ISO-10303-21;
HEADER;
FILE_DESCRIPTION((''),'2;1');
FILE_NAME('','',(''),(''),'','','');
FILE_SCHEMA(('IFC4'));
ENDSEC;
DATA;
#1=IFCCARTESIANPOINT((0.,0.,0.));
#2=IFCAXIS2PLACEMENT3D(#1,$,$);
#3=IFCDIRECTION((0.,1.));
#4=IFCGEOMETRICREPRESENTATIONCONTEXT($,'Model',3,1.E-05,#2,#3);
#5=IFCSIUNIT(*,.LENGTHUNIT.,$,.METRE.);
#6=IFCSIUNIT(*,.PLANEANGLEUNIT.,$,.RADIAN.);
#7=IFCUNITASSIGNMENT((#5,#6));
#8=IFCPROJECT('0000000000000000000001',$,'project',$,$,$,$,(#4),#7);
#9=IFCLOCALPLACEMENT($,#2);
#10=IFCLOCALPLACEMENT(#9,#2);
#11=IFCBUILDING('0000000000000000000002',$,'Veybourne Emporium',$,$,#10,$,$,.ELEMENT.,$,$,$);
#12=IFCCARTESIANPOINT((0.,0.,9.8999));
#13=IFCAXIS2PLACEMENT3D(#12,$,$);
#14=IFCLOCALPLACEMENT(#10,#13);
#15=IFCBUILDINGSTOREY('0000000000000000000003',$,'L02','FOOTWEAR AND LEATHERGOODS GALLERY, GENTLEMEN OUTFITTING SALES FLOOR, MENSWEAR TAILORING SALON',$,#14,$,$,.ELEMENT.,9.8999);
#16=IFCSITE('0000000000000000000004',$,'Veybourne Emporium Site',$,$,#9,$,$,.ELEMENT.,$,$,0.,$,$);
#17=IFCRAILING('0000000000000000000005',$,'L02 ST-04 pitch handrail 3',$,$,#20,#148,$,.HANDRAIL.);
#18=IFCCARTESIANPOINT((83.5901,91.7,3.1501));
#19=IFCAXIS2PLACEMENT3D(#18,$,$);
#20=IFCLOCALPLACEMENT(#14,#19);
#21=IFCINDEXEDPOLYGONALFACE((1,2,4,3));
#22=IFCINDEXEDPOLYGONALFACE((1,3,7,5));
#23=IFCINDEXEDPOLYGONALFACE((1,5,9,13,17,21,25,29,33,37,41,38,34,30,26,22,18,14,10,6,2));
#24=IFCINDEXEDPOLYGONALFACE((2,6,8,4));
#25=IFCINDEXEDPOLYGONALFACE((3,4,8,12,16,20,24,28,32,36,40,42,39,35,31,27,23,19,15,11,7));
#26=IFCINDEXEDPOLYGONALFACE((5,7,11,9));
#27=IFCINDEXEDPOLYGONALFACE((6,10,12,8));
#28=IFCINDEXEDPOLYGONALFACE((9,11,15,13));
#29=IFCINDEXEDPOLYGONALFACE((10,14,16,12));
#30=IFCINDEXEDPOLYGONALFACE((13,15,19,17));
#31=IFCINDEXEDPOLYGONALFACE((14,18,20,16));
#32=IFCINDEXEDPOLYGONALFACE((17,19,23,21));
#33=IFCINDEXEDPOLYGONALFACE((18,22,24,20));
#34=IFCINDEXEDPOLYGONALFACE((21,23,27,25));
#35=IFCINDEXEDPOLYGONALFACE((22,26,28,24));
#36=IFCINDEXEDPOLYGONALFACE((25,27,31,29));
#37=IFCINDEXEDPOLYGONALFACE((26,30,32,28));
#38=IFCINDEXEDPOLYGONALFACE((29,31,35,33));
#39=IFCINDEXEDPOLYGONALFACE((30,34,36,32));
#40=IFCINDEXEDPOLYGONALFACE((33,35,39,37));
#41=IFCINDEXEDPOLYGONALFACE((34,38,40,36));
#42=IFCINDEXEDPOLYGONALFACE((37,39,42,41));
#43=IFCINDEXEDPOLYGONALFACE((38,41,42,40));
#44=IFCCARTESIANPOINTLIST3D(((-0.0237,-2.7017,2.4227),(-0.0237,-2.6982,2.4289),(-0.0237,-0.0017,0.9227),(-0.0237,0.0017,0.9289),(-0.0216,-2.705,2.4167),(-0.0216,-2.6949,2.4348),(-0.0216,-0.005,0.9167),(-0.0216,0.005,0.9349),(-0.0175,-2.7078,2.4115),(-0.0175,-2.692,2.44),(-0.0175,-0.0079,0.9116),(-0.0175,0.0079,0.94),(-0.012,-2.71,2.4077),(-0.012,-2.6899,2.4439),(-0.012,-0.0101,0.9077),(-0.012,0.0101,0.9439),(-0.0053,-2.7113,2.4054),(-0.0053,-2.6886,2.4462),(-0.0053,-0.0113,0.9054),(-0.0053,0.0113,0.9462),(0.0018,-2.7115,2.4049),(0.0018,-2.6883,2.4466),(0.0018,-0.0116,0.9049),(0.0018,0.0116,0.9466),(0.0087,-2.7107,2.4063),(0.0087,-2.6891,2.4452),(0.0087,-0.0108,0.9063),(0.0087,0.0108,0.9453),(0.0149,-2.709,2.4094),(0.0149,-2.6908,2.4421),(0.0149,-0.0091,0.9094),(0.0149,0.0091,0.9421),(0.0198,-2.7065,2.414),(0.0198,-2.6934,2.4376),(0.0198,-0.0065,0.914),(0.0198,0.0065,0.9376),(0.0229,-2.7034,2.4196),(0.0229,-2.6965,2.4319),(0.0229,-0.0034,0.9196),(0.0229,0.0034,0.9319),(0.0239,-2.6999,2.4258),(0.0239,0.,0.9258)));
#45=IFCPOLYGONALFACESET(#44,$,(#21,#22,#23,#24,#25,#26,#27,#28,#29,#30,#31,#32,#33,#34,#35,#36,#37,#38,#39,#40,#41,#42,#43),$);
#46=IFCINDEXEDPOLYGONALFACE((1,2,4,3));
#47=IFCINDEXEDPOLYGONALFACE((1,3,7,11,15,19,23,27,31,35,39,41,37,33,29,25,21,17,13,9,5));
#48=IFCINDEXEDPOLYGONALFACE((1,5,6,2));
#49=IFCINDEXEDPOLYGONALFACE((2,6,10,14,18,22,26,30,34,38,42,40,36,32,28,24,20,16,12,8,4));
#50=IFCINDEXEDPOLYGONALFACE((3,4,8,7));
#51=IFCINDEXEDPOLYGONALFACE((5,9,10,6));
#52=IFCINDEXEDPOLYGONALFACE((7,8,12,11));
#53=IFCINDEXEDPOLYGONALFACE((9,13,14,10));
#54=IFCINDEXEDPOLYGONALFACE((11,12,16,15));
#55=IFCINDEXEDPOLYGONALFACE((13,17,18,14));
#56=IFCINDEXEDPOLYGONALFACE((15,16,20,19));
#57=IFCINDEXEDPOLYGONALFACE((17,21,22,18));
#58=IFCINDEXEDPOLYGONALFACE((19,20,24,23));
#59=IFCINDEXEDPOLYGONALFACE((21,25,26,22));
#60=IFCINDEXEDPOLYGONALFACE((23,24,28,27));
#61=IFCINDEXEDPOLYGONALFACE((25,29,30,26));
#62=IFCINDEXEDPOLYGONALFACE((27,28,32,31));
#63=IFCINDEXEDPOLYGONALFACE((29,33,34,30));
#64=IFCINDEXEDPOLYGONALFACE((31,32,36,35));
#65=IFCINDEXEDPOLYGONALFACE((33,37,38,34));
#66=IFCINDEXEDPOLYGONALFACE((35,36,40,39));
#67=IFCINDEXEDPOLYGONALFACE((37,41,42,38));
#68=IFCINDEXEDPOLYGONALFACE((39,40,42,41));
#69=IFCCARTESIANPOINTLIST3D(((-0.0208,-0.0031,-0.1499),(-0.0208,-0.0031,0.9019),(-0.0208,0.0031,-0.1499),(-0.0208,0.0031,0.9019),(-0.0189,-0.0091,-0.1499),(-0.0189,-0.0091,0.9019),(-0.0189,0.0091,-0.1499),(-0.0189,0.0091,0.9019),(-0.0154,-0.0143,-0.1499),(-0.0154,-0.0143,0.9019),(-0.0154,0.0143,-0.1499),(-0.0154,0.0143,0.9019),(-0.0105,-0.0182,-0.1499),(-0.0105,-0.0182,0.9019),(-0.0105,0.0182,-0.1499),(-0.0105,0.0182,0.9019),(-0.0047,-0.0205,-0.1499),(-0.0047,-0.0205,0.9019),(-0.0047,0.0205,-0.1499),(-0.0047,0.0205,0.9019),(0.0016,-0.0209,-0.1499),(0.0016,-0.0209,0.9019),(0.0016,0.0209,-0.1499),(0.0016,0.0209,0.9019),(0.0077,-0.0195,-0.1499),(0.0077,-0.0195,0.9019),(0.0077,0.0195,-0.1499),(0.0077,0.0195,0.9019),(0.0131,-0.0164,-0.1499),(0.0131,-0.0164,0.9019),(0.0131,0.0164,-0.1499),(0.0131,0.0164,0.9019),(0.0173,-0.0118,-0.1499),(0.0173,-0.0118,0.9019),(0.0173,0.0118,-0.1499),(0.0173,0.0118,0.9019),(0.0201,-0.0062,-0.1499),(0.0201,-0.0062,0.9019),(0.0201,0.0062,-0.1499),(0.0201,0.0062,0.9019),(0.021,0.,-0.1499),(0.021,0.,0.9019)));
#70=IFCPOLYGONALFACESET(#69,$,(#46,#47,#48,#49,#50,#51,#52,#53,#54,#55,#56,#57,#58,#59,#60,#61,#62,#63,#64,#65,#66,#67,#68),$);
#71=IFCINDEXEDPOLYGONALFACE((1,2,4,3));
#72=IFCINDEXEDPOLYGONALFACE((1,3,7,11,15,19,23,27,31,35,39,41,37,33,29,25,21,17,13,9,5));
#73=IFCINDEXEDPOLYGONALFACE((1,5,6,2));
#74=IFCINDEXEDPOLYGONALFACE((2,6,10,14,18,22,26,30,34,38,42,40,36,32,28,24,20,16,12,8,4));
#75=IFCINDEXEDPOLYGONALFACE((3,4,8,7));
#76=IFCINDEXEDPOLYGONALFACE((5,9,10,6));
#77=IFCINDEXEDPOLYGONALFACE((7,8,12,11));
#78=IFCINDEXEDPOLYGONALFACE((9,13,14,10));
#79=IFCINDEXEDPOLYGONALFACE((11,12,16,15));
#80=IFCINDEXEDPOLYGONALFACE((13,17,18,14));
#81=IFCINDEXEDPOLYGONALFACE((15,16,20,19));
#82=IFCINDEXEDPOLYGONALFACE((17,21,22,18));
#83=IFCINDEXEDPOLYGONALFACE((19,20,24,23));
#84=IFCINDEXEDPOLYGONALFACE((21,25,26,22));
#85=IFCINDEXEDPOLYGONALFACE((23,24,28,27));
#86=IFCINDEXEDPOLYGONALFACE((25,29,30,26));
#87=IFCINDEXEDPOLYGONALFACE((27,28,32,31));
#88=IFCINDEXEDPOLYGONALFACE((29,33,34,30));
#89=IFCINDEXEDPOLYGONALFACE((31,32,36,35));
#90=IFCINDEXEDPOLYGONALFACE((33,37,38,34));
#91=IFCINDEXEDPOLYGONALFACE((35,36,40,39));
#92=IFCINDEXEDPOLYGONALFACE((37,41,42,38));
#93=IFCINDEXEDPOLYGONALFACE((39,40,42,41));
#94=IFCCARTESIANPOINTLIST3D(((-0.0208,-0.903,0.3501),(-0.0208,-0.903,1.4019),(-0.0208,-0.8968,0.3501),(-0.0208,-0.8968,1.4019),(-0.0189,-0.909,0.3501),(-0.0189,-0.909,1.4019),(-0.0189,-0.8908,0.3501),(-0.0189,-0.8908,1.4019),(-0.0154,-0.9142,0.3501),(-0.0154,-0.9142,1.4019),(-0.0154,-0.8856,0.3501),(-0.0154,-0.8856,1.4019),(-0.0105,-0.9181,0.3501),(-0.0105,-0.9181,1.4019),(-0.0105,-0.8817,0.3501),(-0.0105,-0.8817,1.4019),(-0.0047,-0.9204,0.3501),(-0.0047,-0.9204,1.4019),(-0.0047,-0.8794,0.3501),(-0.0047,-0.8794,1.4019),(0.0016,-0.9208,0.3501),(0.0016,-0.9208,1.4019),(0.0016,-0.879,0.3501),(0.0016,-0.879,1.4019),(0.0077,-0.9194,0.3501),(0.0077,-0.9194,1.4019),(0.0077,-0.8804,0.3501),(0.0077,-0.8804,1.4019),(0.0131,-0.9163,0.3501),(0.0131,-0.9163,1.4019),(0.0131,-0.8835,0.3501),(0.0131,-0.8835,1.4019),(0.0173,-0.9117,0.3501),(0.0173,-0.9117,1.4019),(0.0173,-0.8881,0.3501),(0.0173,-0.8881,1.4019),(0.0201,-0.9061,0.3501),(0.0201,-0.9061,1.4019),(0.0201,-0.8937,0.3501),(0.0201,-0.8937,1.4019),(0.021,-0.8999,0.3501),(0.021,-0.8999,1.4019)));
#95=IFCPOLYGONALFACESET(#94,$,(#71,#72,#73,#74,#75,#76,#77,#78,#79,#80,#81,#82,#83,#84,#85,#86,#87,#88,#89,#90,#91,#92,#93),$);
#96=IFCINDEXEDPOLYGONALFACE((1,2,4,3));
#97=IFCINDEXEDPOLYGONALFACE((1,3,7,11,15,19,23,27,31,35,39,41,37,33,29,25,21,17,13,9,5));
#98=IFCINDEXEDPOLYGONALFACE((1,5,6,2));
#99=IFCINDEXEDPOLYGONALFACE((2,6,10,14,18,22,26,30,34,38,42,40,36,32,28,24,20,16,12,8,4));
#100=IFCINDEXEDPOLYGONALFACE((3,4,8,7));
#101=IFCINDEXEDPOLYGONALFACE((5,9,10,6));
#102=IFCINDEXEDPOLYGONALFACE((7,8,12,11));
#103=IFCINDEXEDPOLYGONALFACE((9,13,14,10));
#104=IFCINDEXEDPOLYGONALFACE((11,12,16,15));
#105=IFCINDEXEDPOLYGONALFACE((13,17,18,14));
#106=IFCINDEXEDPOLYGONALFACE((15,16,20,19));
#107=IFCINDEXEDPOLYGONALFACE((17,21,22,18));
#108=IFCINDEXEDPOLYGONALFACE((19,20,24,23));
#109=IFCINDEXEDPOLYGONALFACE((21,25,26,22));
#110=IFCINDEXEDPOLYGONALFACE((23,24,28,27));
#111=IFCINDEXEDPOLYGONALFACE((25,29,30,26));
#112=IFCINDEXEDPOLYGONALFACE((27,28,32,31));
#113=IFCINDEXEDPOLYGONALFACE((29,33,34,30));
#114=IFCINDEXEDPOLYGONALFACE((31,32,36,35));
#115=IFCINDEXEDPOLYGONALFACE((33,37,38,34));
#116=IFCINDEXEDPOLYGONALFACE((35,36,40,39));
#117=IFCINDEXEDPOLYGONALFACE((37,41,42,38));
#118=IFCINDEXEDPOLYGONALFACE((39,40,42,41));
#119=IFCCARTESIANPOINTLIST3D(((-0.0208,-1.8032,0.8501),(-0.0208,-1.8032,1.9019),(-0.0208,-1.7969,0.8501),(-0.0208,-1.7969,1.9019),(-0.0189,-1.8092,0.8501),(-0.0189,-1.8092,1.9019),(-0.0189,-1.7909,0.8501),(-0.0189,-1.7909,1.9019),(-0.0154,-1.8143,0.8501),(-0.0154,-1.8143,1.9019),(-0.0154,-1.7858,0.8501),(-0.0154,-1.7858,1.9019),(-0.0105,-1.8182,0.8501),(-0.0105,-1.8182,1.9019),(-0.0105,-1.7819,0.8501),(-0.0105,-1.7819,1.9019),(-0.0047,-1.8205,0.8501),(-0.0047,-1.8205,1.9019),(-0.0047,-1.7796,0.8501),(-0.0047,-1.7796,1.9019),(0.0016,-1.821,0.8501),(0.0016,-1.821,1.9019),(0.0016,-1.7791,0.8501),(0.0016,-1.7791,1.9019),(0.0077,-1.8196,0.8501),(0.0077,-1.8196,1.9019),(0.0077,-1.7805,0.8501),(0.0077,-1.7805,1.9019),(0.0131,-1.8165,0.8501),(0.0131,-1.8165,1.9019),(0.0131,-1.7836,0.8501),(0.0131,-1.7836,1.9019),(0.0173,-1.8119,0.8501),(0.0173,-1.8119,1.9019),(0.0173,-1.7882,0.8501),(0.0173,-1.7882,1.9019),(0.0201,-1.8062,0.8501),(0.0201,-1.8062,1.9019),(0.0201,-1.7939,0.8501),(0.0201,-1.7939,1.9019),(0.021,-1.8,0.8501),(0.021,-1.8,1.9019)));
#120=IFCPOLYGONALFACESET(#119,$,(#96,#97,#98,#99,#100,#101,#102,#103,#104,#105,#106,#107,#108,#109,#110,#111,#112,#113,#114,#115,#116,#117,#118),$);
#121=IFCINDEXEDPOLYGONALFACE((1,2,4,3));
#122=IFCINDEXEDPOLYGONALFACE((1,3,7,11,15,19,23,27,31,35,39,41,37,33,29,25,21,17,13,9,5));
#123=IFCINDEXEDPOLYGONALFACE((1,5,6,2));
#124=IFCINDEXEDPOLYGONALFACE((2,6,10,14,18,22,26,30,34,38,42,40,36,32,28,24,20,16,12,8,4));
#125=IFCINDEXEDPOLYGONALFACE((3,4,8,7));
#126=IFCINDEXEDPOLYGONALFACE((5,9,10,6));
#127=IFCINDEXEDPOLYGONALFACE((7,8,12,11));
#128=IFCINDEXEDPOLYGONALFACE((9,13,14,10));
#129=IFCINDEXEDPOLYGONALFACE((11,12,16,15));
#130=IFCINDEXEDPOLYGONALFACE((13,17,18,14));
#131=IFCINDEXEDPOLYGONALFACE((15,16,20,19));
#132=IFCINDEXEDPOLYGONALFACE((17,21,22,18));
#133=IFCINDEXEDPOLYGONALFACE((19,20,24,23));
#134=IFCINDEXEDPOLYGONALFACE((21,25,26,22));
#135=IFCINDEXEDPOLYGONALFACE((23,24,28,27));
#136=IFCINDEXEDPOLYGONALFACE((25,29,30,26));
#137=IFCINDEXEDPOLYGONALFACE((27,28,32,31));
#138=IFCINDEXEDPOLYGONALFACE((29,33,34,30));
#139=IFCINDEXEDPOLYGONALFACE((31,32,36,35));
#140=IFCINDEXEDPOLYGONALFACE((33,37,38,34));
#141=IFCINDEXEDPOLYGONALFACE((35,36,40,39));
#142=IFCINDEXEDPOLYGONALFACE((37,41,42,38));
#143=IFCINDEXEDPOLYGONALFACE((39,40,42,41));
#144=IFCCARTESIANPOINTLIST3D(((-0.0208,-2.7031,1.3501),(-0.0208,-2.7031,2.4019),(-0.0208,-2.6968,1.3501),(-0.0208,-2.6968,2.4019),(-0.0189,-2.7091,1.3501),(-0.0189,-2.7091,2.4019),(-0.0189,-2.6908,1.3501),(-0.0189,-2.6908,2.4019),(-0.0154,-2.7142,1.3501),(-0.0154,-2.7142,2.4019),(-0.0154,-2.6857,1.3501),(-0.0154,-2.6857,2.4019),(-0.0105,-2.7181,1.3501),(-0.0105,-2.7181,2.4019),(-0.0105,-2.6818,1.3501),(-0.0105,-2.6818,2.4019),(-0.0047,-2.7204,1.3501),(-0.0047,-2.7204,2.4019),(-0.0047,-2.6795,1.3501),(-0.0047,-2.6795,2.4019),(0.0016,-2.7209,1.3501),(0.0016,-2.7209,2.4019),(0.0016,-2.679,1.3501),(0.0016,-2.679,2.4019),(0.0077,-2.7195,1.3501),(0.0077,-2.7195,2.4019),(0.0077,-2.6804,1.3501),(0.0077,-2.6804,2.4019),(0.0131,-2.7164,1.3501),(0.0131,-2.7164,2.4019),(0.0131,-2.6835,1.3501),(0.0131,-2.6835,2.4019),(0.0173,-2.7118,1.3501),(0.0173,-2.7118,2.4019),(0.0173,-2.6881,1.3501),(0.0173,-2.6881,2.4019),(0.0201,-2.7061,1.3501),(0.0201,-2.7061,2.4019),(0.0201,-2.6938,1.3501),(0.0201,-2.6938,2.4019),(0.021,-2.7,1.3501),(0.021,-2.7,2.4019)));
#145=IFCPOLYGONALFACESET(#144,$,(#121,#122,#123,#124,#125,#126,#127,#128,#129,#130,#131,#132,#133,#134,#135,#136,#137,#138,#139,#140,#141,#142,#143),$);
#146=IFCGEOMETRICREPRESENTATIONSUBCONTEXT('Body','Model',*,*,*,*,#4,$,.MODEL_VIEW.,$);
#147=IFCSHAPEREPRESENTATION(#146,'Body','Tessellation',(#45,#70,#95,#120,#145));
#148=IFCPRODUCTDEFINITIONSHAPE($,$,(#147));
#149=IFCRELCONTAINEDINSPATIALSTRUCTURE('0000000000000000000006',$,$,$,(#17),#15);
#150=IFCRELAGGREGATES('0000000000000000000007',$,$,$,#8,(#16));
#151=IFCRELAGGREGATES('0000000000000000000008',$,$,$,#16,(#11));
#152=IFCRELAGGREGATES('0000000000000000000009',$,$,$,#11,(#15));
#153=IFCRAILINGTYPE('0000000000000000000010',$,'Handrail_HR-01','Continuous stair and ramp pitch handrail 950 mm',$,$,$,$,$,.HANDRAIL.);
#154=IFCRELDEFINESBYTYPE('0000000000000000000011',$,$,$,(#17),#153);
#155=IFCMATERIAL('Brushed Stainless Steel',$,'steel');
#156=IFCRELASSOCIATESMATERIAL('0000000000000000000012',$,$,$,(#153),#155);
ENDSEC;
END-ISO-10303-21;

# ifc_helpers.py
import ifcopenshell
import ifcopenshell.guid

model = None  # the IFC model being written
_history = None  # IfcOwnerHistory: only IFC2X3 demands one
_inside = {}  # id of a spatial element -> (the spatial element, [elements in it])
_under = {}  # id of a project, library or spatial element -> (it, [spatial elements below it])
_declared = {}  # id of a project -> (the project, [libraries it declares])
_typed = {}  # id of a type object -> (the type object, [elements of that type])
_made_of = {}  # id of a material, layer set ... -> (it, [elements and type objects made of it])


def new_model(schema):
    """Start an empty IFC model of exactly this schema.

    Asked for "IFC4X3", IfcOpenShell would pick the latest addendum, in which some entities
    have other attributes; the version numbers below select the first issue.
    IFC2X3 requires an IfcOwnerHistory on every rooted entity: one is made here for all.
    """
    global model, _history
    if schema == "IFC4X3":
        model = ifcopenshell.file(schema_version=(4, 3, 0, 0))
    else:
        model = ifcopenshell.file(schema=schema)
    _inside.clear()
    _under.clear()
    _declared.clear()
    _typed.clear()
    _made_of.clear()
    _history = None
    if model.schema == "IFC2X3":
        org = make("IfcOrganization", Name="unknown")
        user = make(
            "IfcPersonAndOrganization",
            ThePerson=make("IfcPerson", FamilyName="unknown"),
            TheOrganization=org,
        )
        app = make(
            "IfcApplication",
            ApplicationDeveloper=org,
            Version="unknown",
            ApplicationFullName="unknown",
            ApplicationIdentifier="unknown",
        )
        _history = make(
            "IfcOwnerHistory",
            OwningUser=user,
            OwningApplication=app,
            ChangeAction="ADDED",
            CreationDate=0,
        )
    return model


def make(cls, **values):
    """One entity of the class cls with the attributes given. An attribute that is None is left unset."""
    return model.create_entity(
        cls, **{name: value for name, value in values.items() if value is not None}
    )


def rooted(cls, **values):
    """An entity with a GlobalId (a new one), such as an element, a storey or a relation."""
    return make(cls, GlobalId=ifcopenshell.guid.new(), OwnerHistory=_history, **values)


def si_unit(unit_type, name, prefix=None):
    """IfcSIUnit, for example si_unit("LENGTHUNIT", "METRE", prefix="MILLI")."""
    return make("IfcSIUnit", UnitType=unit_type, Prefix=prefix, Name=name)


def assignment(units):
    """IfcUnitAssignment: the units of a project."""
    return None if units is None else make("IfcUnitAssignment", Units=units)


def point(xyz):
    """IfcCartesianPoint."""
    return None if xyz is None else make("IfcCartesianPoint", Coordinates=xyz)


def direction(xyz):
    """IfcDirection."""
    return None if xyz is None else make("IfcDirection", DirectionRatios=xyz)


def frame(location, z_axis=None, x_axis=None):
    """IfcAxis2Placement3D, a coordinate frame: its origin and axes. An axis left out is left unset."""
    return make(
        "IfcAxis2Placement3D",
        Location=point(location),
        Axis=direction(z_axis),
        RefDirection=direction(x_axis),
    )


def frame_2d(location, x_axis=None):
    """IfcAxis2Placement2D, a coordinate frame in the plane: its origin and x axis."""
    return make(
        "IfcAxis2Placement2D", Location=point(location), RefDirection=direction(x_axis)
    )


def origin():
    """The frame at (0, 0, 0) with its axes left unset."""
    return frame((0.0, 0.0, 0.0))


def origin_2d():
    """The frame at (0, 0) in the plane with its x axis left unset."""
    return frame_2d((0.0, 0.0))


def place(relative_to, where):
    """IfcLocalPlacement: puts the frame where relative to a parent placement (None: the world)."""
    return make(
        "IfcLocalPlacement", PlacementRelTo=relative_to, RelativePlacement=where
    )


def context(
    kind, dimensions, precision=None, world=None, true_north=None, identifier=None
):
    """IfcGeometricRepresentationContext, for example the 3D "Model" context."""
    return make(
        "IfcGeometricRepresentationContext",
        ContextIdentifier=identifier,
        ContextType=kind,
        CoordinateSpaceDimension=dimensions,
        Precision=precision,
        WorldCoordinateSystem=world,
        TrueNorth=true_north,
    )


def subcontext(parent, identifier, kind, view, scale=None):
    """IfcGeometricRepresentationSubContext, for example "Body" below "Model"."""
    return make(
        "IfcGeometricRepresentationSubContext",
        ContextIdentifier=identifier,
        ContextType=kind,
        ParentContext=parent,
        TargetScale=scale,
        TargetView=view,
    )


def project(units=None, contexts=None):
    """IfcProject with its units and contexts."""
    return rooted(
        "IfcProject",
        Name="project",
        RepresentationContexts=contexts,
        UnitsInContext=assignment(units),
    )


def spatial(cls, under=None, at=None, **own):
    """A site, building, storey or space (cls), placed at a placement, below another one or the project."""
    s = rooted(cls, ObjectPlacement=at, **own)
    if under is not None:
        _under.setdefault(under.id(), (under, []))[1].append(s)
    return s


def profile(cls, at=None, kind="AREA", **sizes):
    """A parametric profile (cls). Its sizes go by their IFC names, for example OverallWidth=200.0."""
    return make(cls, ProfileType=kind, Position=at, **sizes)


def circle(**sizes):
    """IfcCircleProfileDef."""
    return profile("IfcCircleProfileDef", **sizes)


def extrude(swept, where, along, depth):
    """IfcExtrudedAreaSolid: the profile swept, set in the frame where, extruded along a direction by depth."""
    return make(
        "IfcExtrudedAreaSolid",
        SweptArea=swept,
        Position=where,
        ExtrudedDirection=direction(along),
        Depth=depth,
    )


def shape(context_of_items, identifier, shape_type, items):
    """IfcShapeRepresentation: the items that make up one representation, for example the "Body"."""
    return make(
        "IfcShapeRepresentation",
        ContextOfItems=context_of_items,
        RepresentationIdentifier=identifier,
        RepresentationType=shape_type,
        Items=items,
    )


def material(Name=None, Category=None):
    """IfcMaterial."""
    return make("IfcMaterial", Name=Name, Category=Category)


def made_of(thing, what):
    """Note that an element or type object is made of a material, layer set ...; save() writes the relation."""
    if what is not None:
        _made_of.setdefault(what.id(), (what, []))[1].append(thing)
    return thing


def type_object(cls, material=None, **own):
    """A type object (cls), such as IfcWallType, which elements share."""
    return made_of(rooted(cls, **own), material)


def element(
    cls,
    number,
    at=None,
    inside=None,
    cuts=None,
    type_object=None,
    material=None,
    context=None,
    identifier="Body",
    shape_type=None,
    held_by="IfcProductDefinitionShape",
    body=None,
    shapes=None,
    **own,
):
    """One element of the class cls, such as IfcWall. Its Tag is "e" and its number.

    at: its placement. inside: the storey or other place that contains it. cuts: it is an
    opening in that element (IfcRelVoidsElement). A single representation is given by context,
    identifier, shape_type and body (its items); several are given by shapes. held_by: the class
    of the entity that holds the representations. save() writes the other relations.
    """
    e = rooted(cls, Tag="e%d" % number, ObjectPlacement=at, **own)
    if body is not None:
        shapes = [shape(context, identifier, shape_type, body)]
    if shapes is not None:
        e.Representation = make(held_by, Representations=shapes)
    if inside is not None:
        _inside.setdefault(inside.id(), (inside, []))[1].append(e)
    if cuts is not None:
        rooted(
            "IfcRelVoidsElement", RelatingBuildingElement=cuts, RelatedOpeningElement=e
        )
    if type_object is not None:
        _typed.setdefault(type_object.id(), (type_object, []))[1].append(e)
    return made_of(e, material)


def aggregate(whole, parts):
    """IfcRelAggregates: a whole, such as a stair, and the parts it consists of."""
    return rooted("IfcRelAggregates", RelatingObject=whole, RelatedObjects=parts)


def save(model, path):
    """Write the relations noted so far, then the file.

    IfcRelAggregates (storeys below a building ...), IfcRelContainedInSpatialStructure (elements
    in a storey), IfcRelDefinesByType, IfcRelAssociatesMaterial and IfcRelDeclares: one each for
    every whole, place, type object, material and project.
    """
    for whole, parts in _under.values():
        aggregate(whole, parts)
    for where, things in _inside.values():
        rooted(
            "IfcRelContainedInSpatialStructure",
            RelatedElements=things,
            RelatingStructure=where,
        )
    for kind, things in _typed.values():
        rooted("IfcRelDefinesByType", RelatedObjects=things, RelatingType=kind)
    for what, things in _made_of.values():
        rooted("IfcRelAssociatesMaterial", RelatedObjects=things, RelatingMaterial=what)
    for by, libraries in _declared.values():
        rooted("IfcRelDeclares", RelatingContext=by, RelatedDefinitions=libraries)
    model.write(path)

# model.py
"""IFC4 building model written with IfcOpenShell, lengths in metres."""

from ifc_helpers import new_model, si_unit, direction, frame, origin, origin_2d, place, context, subcontext, project, spatial, circle, extrude, material, type_object, element, save


model = new_model("IFC4")

# Units and contexts
model_context = context("Model", 3, precision=1e-05, world=origin(), true_north=direction((0.0, 1.0)))
body_context = subcontext(model_context, "Body", "Model", "MODEL_VIEW")
ifc_project = project(units=[si_unit("LENGTHUNIT", "METRE"), si_unit("PLANEANGLEUNIT", "RADIAN")], contexts=[model_context])

# Site, building, storey
site_placement = place(None, origin())
site = spatial("IfcSite", under=ifc_project, at=site_placement, Name="Veybourne Emporium Site", CompositionType="ELEMENT", RefElevation=0.0)
building_placement = place(site_placement, origin())
building = spatial("IfcBuilding", under=site, at=building_placement, Name="Veybourne Emporium", CompositionType="ELEMENT")
storey_placement = place(building_placement, frame((0.0, 0.0, 9.8999)))
storey = spatial("IfcBuildingStorey", under=building, at=storey_placement, Name="L02", Description="FOOTWEAR AND LEATHERGOODS GALLERY, GENTLEMEN OUTFITTING SALES FLOOR, MENSWEAR TAILORING SALON", CompositionType="ELEMENT", Elevation=9.8999)

# Railing
ifc_material_1 = material(Name="Brushed Stainless Steel", Category="steel")
railing_type_1 = type_object("IfcRailingType", Name="Handrail_HR-01", Description="Continuous stair and ramp pitch handrail 950 mm", PredefinedType="HANDRAIL", material=ifc_material_1)
railing_1_placement = place(storey_placement, frame((83.5901, 91.7, 3.1501)))
element("IfcRailing", 1, at=railing_1_placement, inside=storey, type_object=railing_type_1, Name="L02 ST-04 pitch handrail 3", PredefinedType="HANDRAIL", context=body_context, shape_type="SweptSolid", body=[
    extrude(circle(Radius=0.0239, at=origin_2d()), frame((0.0, 0.0, 0.9258), z_axis=(0.0, -0.874154, 0.48565), x_axis=(1.0, 0.0, 0.0)), (0.0, 0.0, 1.0), 3.0886),
    extrude(circle(Radius=0.021, at=origin_2d()), frame((0.0, 0.0, -0.1499)), (0.0, 0.0, 1.0), 1.0518),
    extrude(circle(Radius=0.021, at=origin_2d()), frame((0.0, -0.8999, 0.3501)), (0.0, 0.0, 1.0), 1.0518),
    extrude(circle(Radius=0.021, at=origin_2d()), frame((0.0, -1.8, 0.8501)), (0.0, 0.0, 1.0), 1.0518),
    extrude(circle(Radius=0.021, at=origin_2d()), frame((0.0, -2.7, 1.3501)), (0.0, 0.0, 1.0), 1.0518),
])

save(model, "model.ifc")
